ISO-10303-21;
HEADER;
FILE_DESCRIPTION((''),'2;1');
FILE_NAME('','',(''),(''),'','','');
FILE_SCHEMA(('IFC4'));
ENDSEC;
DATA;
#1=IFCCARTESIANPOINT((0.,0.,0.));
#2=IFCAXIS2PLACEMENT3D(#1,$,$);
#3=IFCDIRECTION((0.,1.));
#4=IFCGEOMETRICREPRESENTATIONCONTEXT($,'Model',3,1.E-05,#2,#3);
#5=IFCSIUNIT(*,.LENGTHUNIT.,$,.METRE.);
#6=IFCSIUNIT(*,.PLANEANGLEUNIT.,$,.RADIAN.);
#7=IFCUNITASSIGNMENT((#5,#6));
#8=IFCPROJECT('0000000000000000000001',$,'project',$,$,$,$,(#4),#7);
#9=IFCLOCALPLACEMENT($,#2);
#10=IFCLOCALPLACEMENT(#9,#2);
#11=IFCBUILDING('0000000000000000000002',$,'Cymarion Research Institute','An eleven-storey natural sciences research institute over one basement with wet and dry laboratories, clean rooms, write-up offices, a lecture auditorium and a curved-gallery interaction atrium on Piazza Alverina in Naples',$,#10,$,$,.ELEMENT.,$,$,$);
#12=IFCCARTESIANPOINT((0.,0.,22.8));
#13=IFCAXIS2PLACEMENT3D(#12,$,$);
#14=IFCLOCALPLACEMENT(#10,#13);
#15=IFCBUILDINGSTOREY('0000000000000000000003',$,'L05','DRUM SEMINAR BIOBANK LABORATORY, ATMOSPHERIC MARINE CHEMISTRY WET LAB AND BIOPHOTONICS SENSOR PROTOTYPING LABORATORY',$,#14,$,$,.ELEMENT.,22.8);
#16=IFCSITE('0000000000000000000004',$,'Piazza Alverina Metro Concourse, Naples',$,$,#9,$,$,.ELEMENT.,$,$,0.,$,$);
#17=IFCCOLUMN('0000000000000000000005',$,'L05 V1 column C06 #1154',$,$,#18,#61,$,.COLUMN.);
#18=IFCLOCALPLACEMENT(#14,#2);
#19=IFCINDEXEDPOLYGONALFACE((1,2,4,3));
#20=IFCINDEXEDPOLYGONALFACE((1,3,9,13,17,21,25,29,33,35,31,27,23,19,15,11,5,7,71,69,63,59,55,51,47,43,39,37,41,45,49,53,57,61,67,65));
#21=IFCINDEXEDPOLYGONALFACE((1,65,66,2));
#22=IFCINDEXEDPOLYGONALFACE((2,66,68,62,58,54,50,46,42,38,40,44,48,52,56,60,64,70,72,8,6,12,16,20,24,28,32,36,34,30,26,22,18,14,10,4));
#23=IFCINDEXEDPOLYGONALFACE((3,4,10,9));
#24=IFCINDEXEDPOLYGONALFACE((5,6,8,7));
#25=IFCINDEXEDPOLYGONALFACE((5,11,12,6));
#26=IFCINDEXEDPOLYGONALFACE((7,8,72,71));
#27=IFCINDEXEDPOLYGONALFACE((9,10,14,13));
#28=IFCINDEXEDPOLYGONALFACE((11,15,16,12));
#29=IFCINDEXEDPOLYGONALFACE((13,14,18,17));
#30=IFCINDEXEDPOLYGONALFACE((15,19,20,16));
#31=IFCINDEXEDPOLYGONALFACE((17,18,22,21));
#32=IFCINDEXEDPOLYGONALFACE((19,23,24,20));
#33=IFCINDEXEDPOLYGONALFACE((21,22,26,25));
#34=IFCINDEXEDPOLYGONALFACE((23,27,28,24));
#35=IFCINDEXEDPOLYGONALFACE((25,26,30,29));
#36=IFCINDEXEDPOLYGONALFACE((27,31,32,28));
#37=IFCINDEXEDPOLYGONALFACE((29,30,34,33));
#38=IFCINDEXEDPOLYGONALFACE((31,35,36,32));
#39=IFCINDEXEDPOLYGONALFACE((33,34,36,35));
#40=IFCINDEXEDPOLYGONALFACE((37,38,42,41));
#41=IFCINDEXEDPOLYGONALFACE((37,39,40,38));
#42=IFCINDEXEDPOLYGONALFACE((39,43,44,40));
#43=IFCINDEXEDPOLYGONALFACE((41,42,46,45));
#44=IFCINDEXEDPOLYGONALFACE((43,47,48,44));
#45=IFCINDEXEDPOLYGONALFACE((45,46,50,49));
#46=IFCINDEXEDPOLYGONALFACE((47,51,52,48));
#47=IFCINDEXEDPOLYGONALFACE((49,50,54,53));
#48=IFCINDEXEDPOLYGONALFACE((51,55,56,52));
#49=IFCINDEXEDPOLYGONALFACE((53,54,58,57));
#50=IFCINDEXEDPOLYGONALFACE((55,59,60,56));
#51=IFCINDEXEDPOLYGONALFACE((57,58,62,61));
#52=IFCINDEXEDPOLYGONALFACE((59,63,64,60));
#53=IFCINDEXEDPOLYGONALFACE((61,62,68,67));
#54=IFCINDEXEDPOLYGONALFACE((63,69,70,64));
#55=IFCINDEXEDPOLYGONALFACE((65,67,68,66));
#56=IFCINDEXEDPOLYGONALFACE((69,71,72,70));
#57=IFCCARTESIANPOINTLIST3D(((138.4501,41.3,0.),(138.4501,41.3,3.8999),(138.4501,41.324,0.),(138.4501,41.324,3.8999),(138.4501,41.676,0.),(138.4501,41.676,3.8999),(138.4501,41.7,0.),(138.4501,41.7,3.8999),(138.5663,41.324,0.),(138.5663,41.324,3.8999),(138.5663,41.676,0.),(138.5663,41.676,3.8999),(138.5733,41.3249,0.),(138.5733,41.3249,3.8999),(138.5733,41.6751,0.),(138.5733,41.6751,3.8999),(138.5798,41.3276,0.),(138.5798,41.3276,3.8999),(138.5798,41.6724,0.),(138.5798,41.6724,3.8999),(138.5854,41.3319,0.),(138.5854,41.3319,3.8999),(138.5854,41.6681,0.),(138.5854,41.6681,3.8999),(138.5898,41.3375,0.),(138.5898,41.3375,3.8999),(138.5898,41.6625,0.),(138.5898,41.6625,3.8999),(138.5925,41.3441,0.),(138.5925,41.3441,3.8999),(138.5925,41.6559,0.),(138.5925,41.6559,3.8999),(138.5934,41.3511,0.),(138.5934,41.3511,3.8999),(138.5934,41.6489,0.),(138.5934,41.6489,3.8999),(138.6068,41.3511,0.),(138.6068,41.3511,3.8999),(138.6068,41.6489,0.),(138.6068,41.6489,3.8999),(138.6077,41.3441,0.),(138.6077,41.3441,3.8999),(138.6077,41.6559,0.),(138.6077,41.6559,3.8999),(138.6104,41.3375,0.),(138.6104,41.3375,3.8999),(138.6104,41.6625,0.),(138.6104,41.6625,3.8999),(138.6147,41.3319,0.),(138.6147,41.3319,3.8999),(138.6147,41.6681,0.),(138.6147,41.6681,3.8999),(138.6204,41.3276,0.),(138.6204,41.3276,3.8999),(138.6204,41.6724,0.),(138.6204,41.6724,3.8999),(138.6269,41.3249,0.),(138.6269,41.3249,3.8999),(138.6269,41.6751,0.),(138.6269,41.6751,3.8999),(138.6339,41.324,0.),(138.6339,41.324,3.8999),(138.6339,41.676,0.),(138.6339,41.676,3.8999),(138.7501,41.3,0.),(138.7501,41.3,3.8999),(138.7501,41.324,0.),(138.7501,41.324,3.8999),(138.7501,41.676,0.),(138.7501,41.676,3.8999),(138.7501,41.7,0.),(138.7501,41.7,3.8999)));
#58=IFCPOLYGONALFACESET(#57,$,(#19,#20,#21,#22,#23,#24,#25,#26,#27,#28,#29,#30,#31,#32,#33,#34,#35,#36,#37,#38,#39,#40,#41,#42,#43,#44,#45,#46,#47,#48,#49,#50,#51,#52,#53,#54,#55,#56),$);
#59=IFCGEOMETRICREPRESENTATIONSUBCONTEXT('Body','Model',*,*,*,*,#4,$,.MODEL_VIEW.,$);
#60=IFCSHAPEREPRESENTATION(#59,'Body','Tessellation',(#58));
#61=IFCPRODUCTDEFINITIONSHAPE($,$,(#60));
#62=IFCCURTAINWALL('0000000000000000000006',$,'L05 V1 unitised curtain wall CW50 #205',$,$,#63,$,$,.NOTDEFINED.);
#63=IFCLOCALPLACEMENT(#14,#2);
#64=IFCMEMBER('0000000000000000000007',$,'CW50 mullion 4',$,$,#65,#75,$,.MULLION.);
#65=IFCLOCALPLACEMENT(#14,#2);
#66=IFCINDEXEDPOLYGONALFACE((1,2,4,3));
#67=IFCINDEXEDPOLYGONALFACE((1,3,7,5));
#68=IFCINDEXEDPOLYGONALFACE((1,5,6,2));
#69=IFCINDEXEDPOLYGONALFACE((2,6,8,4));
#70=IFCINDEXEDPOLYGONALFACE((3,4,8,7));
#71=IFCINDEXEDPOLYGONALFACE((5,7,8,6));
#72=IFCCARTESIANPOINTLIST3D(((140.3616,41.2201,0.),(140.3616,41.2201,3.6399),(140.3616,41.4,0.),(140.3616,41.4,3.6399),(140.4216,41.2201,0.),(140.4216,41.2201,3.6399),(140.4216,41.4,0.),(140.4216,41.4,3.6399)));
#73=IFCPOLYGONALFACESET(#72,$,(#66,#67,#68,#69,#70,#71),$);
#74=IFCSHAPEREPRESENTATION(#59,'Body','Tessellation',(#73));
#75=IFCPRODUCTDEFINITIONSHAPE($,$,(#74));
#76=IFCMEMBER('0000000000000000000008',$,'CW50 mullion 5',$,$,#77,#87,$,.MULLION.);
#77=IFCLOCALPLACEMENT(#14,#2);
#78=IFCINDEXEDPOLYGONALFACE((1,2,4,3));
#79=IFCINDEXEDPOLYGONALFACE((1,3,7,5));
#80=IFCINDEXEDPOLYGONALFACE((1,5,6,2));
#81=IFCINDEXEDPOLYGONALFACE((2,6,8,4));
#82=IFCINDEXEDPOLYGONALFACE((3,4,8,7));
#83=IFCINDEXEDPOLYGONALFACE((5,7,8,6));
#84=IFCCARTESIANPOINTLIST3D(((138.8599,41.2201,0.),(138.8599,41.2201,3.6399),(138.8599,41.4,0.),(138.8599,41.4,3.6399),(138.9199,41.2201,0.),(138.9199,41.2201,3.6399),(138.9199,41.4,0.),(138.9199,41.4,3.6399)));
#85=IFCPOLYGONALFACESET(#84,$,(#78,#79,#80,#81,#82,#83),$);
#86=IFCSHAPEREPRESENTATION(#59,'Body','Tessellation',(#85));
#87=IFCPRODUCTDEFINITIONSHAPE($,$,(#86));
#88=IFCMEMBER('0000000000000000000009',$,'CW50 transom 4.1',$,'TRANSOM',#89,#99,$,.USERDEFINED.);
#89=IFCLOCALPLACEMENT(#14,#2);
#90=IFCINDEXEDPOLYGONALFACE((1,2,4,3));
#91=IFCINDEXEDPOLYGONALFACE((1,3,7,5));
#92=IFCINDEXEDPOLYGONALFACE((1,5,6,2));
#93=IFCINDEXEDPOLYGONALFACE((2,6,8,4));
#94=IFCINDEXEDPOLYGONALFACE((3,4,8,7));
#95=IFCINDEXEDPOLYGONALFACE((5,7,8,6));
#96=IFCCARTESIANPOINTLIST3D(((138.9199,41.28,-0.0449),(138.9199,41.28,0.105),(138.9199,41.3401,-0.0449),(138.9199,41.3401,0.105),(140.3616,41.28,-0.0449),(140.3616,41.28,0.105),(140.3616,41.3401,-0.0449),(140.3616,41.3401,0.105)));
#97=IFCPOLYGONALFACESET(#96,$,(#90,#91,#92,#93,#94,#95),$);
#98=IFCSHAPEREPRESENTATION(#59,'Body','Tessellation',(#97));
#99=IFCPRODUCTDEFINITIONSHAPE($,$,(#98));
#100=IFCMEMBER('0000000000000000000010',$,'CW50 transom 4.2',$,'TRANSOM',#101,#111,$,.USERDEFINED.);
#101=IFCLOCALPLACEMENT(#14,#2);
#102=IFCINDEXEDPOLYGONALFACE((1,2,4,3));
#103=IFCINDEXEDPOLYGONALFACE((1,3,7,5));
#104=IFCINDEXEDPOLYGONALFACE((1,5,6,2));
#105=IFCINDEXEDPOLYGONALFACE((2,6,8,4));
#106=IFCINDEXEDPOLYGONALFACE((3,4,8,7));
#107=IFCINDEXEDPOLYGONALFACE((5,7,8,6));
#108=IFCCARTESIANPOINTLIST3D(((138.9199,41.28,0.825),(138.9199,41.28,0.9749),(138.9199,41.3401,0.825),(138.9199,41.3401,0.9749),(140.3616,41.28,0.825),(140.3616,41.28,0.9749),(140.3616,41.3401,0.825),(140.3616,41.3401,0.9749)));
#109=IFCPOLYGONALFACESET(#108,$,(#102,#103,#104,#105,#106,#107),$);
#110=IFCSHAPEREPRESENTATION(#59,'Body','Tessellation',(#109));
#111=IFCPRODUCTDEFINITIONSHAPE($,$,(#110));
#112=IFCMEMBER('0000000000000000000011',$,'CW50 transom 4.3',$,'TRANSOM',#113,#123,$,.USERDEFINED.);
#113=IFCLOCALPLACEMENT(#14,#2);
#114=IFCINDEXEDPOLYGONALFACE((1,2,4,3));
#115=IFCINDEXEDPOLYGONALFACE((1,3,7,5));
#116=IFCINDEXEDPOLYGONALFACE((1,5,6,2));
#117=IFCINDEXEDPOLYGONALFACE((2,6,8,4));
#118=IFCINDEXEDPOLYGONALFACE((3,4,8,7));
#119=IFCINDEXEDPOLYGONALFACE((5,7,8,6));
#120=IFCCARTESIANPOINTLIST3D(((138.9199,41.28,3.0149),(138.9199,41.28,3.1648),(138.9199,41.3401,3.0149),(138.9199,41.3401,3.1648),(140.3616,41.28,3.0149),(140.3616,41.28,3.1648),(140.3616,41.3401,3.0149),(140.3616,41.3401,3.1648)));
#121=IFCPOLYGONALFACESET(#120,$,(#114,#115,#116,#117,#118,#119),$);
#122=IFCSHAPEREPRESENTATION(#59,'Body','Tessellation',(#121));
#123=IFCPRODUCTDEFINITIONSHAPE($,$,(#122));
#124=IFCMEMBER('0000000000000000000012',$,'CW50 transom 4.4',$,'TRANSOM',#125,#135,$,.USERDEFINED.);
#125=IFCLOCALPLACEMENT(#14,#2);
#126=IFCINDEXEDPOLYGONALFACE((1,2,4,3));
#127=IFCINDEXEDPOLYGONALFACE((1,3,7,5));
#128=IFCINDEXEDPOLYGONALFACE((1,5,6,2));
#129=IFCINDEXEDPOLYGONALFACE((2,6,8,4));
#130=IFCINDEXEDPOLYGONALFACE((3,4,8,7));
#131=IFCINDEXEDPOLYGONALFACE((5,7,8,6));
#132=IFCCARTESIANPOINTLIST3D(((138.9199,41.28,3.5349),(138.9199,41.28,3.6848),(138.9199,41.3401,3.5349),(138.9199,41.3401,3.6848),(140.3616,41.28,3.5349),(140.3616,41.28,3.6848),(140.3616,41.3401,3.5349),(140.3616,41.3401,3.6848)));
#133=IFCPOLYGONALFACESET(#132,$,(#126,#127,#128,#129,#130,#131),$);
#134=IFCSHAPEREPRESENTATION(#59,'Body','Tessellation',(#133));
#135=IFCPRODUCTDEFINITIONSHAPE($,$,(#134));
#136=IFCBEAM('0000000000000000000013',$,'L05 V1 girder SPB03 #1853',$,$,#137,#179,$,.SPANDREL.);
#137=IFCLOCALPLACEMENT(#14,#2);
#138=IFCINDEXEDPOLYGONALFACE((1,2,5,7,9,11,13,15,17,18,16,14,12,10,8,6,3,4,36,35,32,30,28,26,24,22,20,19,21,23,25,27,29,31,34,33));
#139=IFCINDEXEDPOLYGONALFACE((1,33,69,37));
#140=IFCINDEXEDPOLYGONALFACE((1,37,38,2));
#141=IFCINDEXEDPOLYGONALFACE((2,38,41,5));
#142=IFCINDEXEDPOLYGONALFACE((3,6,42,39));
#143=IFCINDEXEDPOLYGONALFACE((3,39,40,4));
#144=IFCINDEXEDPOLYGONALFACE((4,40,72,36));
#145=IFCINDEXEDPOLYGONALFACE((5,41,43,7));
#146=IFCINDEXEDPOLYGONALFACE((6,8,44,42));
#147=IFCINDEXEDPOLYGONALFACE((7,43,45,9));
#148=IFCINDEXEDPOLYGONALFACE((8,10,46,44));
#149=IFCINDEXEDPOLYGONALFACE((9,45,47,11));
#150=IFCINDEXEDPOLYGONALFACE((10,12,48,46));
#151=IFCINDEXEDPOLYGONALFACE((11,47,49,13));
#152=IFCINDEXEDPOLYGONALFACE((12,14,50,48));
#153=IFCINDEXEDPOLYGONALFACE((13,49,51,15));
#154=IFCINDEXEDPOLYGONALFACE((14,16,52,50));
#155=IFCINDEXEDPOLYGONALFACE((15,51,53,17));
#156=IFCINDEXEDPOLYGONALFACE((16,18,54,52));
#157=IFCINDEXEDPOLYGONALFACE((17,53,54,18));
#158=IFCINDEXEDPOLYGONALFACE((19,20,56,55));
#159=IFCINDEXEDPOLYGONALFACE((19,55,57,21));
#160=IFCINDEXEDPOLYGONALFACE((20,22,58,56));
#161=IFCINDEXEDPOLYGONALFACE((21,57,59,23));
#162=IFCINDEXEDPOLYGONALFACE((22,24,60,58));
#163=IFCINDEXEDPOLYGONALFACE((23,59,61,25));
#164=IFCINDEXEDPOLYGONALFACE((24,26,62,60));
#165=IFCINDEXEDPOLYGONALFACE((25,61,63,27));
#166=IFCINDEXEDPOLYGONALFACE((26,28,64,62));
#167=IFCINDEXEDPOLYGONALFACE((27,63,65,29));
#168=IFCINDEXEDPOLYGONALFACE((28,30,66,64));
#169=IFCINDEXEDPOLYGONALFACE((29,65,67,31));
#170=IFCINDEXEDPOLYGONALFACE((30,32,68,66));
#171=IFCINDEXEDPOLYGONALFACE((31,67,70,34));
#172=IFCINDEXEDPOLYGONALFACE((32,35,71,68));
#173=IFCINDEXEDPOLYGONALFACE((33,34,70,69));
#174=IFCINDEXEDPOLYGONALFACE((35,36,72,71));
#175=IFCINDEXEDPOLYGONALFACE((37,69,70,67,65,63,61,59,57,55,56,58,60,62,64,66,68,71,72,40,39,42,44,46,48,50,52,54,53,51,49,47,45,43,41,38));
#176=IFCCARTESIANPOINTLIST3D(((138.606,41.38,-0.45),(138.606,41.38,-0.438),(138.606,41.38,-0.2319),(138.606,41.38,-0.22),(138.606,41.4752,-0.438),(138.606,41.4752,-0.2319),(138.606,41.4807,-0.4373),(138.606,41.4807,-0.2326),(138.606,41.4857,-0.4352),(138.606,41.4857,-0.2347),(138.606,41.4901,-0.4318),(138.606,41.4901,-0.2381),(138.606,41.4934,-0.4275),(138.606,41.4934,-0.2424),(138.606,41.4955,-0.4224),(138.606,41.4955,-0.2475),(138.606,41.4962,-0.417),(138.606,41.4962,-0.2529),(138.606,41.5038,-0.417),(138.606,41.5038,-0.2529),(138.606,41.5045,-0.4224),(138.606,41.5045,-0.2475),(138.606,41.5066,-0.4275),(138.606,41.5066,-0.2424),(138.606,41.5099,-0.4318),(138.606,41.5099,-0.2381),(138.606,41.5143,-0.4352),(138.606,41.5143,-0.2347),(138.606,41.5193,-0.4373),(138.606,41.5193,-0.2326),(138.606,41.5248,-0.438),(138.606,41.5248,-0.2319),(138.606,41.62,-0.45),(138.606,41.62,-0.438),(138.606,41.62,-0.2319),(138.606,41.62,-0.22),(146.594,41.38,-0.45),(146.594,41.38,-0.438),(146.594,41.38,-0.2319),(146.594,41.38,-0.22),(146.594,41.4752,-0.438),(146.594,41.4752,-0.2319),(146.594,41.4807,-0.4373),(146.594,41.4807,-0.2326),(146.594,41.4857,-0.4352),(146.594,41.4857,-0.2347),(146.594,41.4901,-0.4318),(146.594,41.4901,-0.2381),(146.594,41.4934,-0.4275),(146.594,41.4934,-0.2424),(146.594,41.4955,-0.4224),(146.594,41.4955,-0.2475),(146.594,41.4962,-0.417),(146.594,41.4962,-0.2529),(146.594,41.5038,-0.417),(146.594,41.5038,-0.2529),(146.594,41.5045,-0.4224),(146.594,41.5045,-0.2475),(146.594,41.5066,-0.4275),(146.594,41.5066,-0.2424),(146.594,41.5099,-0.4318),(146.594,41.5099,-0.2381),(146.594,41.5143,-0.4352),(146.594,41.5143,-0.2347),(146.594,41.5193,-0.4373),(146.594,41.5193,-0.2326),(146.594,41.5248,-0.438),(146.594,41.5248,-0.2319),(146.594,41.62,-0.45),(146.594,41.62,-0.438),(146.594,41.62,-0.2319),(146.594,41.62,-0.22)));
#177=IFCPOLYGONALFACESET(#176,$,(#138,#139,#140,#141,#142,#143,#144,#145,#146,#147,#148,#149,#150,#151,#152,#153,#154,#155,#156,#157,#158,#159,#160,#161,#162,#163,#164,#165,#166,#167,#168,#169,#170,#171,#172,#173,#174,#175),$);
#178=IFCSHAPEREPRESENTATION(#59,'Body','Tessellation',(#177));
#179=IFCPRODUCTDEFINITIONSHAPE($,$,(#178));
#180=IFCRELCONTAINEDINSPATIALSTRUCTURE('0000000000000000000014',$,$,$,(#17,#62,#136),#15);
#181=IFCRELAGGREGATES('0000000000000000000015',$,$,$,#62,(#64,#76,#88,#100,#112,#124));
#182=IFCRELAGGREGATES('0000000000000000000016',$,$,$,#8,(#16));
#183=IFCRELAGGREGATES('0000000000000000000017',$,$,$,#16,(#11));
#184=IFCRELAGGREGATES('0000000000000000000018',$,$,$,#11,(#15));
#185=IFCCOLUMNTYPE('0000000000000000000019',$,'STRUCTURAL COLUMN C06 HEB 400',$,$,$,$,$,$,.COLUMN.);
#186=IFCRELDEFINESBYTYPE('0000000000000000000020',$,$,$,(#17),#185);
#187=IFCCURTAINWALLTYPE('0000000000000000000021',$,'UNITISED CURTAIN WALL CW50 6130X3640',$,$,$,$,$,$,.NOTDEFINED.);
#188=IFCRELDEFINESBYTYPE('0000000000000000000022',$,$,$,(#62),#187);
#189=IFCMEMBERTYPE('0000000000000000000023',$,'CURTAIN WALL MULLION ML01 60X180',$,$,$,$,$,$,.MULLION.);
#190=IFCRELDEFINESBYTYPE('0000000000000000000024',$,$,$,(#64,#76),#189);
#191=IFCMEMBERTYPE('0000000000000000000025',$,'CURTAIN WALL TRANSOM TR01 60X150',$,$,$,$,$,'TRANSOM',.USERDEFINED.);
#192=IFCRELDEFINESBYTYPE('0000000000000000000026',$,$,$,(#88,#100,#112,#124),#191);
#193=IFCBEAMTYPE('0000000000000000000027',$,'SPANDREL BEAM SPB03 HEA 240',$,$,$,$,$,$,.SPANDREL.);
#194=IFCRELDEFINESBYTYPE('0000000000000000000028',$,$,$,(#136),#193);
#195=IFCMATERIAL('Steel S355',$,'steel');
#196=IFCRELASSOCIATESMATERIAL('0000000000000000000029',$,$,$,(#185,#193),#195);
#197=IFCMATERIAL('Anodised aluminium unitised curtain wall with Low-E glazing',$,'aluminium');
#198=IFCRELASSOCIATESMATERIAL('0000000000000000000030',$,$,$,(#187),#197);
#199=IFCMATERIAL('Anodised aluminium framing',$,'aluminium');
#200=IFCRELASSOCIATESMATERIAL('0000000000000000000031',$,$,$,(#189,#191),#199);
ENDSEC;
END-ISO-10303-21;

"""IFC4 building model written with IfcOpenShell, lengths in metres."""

from ifc_helpers import new_model, si_unit, direction, frame, origin, origin_2d, place, context, subcontext, project, spatial, rectangle, i_section, extrude, material, material_profile, profile_set, type_object, element, aggregate, save


model = new_model("IFC4")

# Units and contexts
model_context = context("Model", 3, precision=1e-05, world=origin(), true_north=direction((0.0, 1.0)))
body_context = subcontext(model_context, "Body", "Model", "MODEL_VIEW")
ifc_project = project(units=[si_unit("LENGTHUNIT", "METRE"), si_unit("PLANEANGLEUNIT", "RADIAN")], contexts=[model_context])

# Site, building, storey
site_placement = place(None, origin())
site = spatial("IfcSite", under=ifc_project, at=site_placement, Name="Piazza Alverina Metro Concourse, Naples", CompositionType="ELEMENT", RefElevation=0.0)
building_placement = place(site_placement, origin())
building = spatial("IfcBuilding", under=site, at=building_placement, Name="Cymarion Research Institute", Description="An eleven-storey natural sciences research institute over one basement with wet and dry laboratories, clean rooms, write-up offices, a lecture auditorium and a curved-gallery interaction atrium on Piazza Alverina in Naples", CompositionType="ELEMENT")
storey_placement = place(building_placement, frame((0.0, 0.0, 22.8)))
storey = spatial("IfcBuildingStorey", under=building, at=storey_placement, Name="L05", Description="DRUM SEMINAR BIOBANK LABORATORY, ATMOSPHERIC MARINE CHEMISTRY WET LAB AND BIOPHOTONICS SENSOR PROTOTYPING LABORATORY", CompositionType="ELEMENT", Elevation=22.8)

# Column
ifc_material_1 = material(Name="Steel S355", Category="steel")
ifc_material_profile_1 = material_profile(ifc_material_1, i_section(OverallWidth=0.3, OverallDepth=0.3999, WebThickness=0.0134, FlangeThickness=0.0239, FilletRadius=0.0271, at=origin_2d()), Name="HEB 400")
ifc_profile_set_1 = profile_set([ifc_material_profile_1], Name="Steel S355")
column_type = type_object("IfcColumnType", Name="STRUCTURAL COLUMN C06 HEB 400", PredefinedType="COLUMN", material=ifc_profile_set_1)
column_placement = place(storey_placement, frame((138.6001, 41.5, 0.0), z_axis=(0.0, 0.0, 1.0), x_axis=(1.0, 0.0, 0.0)))
element("IfcColumn", 1, at=column_placement, inside=storey, type_object=column_type, Name="L05 V1 column C06 #1154", PredefinedType="COLUMN", context=body_context, shape_type="SweptSolid", body=[
    extrude(i_section(OverallWidth=0.3, OverallDepth=0.3999, WebThickness=0.0134, FlangeThickness=0.0239, FilletRadius=0.0271, at=origin_2d()), origin(), (0.0, 0.0, 1.0), 3.8999),
])

# Curtain wall, members
ifc_material_2 = material(Name="Anodised aluminium unitised curtain wall with Low-E glazing", Category="aluminium")
curtain_wall_type = type_object("IfcCurtainWallType", Name="UNITISED CURTAIN WALL CW50 6130X3640", PredefinedType="NOTDEFINED", material=ifc_material_2)
curtain_wall_placement = place(storey_placement, origin())
curtain_wall = element("IfcCurtainWall", 2, at=curtain_wall_placement, inside=storey, type_object=curtain_wall_type, Name="L05 V1 unitised curtain wall CW50 #205", PredefinedType="NOTDEFINED")
ifc_material_3 = material(Name="Anodised aluminium framing", Category="aluminium")
ifc_material_profile_2 = material_profile(ifc_material_3, rectangle(XDim=0.0601, YDim=0.1799, at=origin_2d()), Name="ALU MULLION 60x180")
ifc_profile_set_2 = profile_set([ifc_material_profile_2], Name="Anodised aluminium framing")
member_type_1 = type_object("IfcMemberType", Name="CURTAIN WALL MULLION ML01 60X180", PredefinedType="MULLION", material=ifc_profile_set_2)
member_1_placement = place(storey_placement, frame((140.3916, 41.3101, 0.0), z_axis=(0.0, 0.0, 1.0), x_axis=(-1.0, 0.0, 0.0)))
member_1 = element("IfcMember", 3, at=member_1_placement, type_object=member_type_1, Name="CW50 mullion 4", PredefinedType="MULLION", context=body_context, shape_type="SweptSolid", body=[
    extrude(rectangle(XDim=0.0601, YDim=0.1799, at=origin_2d()), origin(), (0.0, 0.0, 1.0), 3.6399),
])
member_2_placement = place(storey_placement, frame((138.8899, 41.3101, 0.0), z_axis=(0.0, 0.0, 1.0), x_axis=(-1.0, 0.0, 0.0)))
member_2 = element("IfcMember", 4, at=member_2_placement, type_object=member_type_1, Name="CW50 mullion 5", PredefinedType="MULLION", context=body_context, shape_type="SweptSolid", body=[
    extrude(rectangle(XDim=0.0601, YDim=0.1799, at=origin_2d()), origin(), (0.0, 0.0, 1.0), 3.6399),
])
ifc_material_profile_3 = material_profile(ifc_material_3, rectangle(XDim=0.0601, YDim=0.1499, at=origin_2d()), Name="ALU TRANSOM 60x150")
ifc_profile_set_3 = profile_set([ifc_material_profile_3], Name="Anodised aluminium framing")
member_type_2 = type_object("IfcMemberType", Name="CURTAIN WALL TRANSOM TR01 60X150", ElementType="TRANSOM", PredefinedType="USERDEFINED", material=ifc_profile_set_3)
member_3_placement = place(storey_placement, frame((140.3616, 41.3101, 0.03), z_axis=(-1.0, 0.0, 0.0), x_axis=(0.0, -1.0, 0.0)))
member_3 = element("IfcMember", 5, at=member_3_placement, type_object=member_type_2, Name="CW50 transom 4.1", ObjectType="TRANSOM", PredefinedType="USERDEFINED", context=body_context, shape_type="SweptSolid", body=[
    extrude(rectangle(XDim=0.0601, YDim=0.1499, at=origin_2d()), origin(), (0.0, 0.0, 1.0), 1.4417),
])
member_4_placement = place(storey_placement, frame((140.3616, 41.3101, 0.8999), z_axis=(-1.0, 0.0, 0.0), x_axis=(0.0, -1.0, 0.0)))
member_4 = element("IfcMember", 6, at=member_4_placement, type_object=member_type_2, Name="CW50 transom 4.2", ObjectType="TRANSOM", PredefinedType="USERDEFINED", context=body_context, shape_type="SweptSolid", body=[
    extrude(rectangle(XDim=0.0601, YDim=0.1499, at=origin_2d()), origin(), (0.0, 0.0, 1.0), 1.4417),
])
member_5_placement = place(storey_placement, frame((140.3616, 41.3101, 3.0898), z_axis=(-1.0, 0.0, 0.0), x_axis=(0.0, -1.0, 0.0)))
member_5 = element("IfcMember", 7, at=member_5_placement, type_object=member_type_2, Name="CW50 transom 4.3", ObjectType="TRANSOM", PredefinedType="USERDEFINED", context=body_context, shape_type="SweptSolid", body=[
    extrude(rectangle(XDim=0.0601, YDim=0.1499, at=origin_2d()), origin(), (0.0, 0.0, 1.0), 1.4417),
])
member_6_placement = place(storey_placement, frame((140.3616, 41.3101, 3.6099), z_axis=(-1.0, 0.0, 0.0), x_axis=(0.0, -1.0, 0.0)))
member_6 = element("IfcMember", 8, at=member_6_placement, type_object=member_type_2, Name="CW50 transom 4.4", ObjectType="TRANSOM", PredefinedType="USERDEFINED", context=body_context, shape_type="SweptSolid", body=[
    extrude(rectangle(XDim=0.0601, YDim=0.1499, at=origin_2d()), origin(), (0.0, 0.0, 1.0), 1.4417),
])

# Beam
ifc_material_profile_4 = material_profile(ifc_material_1, i_section(OverallWidth=0.24, OverallDepth=0.23, WebThickness=0.0076, FlangeThickness=0.012, FilletRadius=0.021, at=origin_2d()), Name="HEA 240")
ifc_profile_set_4 = profile_set([ifc_material_profile_4], Name="Steel S355")
beam_type = type_object("IfcBeamType", Name="SPANDREL BEAM SPB03 HEA 240", PredefinedType="SPANDREL", material=ifc_profile_set_4)
beam_placement = place(storey_placement, frame((138.606, 41.5, -0.335), z_axis=(1.0, 0.0, 0.0), x_axis=(0.0, 1.0, 0.0)))
element("IfcBeam", 9, at=beam_placement, inside=storey, type_object=beam_type, Name="L05 V1 girder SPB03 #1853", PredefinedType="SPANDREL", context=body_context, shape_type="SweptSolid", body=[
    extrude(i_section(OverallWidth=0.24, OverallDepth=0.23, WebThickness=0.0076, FlangeThickness=0.012, FilletRadius=0.021, at=origin_2d()), origin(), (0.0, 0.0, 1.0), 7.988),
])

aggregate(curtain_wall, [member_1, member_2, member_3, member_4, member_5, member_6])

save(model, "model.ifc")
